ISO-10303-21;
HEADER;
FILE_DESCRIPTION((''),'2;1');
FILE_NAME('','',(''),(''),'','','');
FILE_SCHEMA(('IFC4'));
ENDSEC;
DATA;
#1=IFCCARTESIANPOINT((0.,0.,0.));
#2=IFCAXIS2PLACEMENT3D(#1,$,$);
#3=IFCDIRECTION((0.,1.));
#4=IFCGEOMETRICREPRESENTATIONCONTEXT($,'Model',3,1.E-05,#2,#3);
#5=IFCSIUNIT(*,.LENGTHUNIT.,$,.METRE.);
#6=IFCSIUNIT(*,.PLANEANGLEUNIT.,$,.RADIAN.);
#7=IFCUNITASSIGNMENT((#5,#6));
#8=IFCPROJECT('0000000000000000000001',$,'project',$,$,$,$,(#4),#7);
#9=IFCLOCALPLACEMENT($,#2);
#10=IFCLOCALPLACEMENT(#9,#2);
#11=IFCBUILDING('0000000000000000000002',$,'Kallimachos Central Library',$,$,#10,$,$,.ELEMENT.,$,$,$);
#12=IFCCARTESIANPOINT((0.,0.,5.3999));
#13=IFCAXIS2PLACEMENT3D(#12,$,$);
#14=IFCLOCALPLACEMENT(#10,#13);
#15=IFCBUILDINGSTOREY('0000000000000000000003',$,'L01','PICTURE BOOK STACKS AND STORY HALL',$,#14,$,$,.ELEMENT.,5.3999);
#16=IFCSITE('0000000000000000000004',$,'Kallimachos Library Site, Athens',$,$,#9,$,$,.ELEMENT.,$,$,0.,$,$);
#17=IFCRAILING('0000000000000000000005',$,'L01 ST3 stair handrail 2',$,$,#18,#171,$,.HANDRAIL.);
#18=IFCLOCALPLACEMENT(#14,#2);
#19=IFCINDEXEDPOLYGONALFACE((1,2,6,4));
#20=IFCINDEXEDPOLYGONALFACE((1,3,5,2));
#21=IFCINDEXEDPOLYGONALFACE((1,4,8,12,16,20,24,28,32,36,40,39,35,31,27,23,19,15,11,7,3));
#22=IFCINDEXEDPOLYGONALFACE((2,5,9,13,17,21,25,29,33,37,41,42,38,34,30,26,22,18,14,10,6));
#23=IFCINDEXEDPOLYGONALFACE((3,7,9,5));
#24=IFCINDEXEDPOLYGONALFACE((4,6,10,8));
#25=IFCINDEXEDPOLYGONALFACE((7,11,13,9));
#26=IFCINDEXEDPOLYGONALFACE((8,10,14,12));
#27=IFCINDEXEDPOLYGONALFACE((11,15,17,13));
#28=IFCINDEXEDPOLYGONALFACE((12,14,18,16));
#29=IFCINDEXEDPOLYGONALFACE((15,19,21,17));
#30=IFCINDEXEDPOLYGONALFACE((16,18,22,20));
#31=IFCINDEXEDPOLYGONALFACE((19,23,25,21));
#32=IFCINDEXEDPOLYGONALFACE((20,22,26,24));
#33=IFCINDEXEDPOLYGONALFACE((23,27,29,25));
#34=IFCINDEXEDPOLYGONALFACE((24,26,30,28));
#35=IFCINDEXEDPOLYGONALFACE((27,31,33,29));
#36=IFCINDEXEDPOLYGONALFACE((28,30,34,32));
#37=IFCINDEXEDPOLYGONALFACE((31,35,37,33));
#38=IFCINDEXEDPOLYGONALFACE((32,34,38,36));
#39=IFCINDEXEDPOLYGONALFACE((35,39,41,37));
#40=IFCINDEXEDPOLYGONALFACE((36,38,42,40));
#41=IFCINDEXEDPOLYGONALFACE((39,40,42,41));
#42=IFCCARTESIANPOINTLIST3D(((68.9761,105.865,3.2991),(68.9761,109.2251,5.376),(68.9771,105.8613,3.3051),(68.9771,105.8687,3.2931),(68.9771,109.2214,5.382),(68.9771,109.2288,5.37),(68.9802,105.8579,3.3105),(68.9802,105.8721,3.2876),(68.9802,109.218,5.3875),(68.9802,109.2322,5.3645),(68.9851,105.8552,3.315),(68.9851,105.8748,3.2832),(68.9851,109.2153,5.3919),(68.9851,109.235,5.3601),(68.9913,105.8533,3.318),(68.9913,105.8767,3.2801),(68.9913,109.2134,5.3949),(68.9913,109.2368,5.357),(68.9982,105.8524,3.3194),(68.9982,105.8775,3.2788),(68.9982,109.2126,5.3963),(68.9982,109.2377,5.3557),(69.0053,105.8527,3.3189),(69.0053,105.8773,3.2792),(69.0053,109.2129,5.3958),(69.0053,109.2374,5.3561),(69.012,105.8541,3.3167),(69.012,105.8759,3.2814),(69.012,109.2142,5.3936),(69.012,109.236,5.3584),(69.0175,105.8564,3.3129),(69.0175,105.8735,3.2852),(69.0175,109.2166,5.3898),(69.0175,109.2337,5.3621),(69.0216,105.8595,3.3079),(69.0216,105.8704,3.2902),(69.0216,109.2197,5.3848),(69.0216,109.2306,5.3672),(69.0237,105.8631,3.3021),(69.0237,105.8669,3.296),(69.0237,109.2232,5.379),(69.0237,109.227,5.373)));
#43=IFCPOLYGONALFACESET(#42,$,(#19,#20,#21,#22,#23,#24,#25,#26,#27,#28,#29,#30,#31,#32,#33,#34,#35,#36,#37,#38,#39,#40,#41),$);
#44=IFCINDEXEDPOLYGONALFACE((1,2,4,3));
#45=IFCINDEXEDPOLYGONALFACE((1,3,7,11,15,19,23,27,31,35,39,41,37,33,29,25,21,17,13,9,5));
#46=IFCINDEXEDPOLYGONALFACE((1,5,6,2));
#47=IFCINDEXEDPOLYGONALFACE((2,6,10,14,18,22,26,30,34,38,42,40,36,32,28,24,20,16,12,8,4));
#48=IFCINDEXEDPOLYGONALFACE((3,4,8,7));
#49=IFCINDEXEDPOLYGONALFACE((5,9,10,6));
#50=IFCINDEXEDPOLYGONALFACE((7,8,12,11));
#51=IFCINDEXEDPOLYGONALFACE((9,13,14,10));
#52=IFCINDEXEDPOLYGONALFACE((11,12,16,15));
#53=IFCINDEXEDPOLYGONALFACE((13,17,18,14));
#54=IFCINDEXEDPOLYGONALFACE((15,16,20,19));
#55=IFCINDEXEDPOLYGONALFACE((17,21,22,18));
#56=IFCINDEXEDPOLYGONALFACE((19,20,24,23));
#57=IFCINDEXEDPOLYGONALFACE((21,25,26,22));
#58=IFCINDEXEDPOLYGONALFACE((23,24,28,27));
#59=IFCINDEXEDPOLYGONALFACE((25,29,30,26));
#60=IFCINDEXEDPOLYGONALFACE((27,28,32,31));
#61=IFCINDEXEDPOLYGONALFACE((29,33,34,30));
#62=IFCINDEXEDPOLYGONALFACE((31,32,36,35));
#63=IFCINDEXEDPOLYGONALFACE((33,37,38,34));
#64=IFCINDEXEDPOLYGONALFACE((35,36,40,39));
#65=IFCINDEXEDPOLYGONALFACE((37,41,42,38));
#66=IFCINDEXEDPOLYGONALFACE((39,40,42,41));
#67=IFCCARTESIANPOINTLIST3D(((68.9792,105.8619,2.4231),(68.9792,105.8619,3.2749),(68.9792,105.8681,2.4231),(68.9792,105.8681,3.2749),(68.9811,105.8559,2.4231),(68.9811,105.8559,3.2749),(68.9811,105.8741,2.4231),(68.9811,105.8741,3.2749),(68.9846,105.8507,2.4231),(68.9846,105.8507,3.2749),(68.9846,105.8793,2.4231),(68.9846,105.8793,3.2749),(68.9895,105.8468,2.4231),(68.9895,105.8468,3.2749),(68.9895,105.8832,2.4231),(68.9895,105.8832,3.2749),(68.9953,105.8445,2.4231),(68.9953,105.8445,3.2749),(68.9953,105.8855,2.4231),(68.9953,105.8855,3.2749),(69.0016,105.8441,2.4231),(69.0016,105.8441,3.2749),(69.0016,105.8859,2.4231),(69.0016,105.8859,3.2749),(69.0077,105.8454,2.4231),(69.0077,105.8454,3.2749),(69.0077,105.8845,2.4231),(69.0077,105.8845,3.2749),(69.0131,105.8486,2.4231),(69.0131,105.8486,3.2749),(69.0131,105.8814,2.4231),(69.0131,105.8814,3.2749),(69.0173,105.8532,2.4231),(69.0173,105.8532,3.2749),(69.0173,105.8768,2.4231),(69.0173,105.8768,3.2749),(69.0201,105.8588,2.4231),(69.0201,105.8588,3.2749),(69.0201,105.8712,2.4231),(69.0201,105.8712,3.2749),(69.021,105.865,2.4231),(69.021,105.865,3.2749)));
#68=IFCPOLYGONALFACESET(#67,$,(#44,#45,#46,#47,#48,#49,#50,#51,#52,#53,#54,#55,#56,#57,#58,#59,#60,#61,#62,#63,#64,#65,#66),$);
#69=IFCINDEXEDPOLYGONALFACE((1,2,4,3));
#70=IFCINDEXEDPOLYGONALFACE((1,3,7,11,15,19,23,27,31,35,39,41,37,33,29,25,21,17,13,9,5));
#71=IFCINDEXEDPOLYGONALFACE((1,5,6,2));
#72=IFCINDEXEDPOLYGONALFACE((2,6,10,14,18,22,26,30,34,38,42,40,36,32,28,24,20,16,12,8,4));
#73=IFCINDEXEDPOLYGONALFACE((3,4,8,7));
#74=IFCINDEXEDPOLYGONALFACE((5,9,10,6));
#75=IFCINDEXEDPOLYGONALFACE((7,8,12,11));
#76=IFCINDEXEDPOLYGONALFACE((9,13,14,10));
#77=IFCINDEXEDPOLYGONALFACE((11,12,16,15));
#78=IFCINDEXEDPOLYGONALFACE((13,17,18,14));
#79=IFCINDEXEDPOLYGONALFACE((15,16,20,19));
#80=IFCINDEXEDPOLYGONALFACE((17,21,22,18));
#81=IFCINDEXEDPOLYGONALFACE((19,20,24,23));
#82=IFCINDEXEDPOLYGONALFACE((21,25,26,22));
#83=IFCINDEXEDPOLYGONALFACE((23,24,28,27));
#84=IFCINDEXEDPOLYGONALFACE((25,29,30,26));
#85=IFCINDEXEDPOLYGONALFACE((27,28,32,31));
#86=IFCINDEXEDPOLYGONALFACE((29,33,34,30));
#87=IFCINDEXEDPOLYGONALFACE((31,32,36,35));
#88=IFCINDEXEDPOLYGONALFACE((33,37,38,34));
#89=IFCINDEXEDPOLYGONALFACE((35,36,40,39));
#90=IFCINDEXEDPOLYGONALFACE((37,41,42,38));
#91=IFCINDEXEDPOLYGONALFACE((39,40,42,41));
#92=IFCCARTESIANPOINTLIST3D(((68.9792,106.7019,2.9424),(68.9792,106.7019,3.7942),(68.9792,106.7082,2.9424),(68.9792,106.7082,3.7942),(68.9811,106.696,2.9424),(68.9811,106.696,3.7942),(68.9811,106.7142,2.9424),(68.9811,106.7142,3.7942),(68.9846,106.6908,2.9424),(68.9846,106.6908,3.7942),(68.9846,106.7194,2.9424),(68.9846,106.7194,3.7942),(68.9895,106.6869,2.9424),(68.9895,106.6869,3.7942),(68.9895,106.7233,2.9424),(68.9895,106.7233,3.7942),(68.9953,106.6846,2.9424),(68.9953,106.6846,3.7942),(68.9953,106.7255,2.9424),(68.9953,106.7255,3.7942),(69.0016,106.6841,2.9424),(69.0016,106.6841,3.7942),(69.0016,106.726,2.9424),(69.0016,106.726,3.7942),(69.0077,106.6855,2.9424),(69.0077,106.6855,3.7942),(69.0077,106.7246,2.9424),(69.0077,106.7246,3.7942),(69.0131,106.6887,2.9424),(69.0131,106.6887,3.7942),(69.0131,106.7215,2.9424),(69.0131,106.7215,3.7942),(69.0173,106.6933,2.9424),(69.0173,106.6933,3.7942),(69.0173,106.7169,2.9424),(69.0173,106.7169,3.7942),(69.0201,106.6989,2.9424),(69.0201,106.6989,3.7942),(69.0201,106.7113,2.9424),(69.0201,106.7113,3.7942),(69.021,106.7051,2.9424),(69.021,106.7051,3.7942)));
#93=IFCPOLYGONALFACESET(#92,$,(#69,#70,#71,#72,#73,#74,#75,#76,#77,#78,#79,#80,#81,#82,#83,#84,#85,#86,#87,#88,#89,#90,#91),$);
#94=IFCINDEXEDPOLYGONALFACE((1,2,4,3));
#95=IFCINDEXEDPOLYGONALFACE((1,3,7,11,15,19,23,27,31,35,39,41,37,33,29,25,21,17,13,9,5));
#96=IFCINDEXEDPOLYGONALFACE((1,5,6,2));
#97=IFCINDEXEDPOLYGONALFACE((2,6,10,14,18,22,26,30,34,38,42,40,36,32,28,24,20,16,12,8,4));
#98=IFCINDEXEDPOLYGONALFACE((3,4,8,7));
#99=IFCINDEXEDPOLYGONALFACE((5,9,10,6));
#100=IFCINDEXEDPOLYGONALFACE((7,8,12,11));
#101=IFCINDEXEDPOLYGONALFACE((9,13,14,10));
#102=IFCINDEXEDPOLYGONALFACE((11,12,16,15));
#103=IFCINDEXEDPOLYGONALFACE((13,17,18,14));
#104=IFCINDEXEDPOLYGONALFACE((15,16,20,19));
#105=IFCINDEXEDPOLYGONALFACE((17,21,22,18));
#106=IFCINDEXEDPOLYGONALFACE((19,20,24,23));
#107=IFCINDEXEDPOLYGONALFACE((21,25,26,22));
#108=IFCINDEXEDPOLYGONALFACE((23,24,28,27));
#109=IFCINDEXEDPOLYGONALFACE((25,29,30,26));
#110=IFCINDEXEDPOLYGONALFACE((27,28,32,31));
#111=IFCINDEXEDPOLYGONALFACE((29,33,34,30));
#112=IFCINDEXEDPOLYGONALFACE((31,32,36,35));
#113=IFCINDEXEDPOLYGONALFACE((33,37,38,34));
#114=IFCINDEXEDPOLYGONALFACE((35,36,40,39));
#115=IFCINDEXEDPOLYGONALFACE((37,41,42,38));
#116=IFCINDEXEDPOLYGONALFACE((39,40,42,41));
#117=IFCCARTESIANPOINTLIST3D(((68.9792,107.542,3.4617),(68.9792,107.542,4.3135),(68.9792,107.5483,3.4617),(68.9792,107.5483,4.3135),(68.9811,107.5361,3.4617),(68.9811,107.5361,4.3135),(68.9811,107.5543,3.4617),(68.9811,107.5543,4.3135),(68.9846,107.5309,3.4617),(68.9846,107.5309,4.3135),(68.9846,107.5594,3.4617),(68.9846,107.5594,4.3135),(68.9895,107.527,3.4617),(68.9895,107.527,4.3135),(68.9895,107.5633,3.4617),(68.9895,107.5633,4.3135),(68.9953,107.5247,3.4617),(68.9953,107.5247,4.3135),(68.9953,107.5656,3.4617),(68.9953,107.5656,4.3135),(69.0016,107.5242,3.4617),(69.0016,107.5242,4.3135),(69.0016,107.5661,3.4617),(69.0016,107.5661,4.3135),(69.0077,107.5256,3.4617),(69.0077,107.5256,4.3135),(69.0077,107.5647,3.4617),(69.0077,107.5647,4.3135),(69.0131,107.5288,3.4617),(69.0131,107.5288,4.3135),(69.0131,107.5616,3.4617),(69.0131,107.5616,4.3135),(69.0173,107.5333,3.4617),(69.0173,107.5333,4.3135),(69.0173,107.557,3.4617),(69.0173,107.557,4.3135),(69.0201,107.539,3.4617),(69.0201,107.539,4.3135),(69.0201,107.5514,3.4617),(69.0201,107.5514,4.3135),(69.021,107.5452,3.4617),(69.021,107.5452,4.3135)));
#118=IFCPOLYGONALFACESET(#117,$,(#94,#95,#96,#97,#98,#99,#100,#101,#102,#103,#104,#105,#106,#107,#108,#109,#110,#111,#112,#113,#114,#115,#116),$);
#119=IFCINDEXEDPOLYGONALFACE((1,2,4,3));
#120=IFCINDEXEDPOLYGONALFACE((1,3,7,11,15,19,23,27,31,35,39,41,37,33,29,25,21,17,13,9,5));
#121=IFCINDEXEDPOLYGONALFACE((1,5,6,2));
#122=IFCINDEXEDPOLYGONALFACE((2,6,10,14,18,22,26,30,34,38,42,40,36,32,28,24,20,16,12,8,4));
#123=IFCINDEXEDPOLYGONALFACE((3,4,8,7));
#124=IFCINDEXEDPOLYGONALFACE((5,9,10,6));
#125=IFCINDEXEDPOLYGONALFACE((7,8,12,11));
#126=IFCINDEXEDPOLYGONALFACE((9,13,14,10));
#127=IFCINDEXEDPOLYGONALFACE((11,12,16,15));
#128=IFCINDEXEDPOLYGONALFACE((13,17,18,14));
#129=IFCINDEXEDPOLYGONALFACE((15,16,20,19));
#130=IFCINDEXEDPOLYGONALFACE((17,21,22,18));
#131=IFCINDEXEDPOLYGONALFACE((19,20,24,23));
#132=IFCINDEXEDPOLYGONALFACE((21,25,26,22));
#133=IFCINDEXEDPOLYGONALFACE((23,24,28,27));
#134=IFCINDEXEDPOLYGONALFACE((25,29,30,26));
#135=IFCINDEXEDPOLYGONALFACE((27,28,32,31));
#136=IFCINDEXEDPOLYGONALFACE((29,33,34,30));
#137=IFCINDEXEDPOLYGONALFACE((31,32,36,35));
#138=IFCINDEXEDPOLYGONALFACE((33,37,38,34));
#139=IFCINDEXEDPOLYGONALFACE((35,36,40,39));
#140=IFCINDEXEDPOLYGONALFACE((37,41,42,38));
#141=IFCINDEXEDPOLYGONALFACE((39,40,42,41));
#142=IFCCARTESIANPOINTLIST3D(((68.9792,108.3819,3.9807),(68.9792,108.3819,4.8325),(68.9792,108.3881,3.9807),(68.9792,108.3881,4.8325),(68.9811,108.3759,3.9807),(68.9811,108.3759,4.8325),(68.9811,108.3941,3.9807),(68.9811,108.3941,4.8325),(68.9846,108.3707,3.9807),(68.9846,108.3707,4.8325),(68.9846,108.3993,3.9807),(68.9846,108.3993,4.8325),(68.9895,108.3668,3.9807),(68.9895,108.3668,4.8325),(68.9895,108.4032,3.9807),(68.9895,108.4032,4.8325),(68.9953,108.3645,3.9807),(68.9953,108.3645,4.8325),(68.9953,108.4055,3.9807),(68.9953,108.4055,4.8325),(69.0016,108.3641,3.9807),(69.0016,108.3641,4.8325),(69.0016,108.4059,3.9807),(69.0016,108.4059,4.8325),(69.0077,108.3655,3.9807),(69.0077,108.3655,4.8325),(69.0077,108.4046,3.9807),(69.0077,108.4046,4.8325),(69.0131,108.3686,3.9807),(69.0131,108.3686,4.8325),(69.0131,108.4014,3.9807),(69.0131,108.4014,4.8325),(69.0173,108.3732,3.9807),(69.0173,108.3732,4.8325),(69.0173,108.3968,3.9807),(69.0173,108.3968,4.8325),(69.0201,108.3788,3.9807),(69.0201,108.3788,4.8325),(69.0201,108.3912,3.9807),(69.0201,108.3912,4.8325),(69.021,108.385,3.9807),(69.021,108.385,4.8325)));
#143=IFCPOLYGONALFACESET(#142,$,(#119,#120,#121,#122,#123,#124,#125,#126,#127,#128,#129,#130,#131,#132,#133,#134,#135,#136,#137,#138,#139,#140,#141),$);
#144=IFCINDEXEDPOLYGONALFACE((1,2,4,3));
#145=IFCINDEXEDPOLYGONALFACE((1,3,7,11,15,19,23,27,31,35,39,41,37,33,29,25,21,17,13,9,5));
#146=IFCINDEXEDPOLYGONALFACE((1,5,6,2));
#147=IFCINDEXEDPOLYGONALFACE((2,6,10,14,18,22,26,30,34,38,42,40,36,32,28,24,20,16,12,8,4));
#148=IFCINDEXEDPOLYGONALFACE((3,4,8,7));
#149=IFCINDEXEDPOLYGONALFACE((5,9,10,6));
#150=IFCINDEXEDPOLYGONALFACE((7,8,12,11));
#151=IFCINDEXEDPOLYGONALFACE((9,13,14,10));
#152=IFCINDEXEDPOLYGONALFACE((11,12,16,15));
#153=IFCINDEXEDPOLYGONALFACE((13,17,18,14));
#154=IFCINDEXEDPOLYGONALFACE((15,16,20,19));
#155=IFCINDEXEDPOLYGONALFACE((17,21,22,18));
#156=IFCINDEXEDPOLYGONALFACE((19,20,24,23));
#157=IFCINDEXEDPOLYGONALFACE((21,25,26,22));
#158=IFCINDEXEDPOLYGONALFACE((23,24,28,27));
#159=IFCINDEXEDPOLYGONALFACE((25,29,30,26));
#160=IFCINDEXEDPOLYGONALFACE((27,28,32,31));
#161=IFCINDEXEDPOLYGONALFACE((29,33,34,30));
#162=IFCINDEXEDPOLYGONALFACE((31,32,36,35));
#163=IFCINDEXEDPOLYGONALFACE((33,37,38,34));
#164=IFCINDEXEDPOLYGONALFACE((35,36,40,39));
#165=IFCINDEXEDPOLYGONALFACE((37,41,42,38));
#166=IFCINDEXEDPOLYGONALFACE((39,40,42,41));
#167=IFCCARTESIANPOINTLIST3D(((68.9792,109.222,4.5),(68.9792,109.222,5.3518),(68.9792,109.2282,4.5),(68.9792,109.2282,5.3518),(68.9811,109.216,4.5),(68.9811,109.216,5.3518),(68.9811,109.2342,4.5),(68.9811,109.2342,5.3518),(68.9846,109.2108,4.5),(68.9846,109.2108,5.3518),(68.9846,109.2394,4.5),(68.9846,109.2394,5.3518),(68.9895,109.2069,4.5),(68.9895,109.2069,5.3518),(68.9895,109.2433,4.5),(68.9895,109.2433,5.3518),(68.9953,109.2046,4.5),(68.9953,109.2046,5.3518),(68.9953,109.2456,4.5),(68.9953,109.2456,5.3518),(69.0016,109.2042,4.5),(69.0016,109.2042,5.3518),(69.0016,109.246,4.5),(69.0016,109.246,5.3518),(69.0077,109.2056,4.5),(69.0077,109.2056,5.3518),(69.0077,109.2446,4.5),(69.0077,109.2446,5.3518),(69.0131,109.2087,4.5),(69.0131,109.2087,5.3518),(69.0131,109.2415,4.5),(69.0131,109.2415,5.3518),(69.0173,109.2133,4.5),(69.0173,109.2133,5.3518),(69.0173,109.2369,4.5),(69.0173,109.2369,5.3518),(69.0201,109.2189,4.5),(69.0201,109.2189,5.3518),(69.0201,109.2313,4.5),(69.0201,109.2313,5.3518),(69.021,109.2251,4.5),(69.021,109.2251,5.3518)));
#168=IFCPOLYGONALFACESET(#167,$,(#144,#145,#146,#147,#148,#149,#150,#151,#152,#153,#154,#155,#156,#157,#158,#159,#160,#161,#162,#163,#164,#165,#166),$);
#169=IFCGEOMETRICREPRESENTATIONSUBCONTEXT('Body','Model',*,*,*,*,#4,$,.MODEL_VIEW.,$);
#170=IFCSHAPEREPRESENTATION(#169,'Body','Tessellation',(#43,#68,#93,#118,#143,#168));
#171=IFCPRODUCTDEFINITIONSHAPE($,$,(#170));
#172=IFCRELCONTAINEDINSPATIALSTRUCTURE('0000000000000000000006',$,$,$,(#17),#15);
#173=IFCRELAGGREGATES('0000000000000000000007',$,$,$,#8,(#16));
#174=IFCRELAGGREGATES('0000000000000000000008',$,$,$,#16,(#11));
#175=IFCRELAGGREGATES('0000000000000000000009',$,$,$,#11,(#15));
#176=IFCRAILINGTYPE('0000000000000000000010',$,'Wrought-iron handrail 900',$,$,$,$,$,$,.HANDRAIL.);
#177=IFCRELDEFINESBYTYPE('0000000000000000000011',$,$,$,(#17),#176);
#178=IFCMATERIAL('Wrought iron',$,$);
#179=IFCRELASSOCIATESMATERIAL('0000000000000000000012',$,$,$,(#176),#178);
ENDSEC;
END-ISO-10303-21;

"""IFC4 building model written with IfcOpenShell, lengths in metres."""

from ifc_helpers import new_model, si_unit, direction, frame, origin, origin_2d, place, context, subcontext, project, spatial, circle, extrude, material, type_object, element, save


model = new_model("IFC4")

# Units and contexts
model_context = context("Model", 3, precision=1e-05, world=origin(), true_north=direction((0.0, 1.0)))
body_context = subcontext(model_context, "Body", "Model", "MODEL_VIEW")
ifc_project = project(units=[si_unit("LENGTHUNIT", "METRE"), si_unit("PLANEANGLEUNIT", "RADIAN")], contexts=[model_context])

# Site, building, storey
site_placement = place(None, origin())
site = spatial("IfcSite", under=ifc_project, at=site_placement, Name="Kallimachos Library Site, Athens", CompositionType="ELEMENT", RefElevation=0.0)
building_placement = place(site_placement, origin())
building = spatial("IfcBuilding", under=site, at=building_placement, Name="Kallimachos Central Library", CompositionType="ELEMENT")
storey_placement = place(building_placement, frame((0.0, 0.0, 5.3999)))
storey = spatial("IfcBuildingStorey", under=building, at=storey_placement, Name="L01", Description="PICTURE BOOK STACKS AND STORY HALL", CompositionType="ELEMENT", Elevation=5.3999)

# Railing
ifc_material_1 = material(Name="Wrought iron")
railing_type_1 = type_object("IfcRailingType", Name="Wrought-iron handrail 900", PredefinedType="HANDRAIL", material=ifc_material_1)
railing_1_placement = place(storey_placement, frame((69.0, 105.865, 2.4231)))
element("IfcRailing", 1, at=railing_1_placement, inside=storey, type_object=railing_type_1, Name="L01 ST3 stair handrail 2", PredefinedType="HANDRAIL", context=body_context, shape_type="SweptSolid", body=[
    extrude(circle(Radius=0.0239, at=origin_2d()), frame((0.0, 0.0, 0.876), z_axis=(0.0, 0.850623, 0.525776), x_axis=(-1.0, 0.0, 0.0)), (0.0, 0.0, 1.0), 3.9502),
    extrude(circle(Radius=0.021, at=origin_2d()), origin(), (0.0, 0.0, 1.0), 0.8518),
    extrude(circle(Radius=0.021, at=origin_2d()), frame((0.0, 0.8401, 0.5193)), (0.0, 0.0, 1.0), 0.8518),
    extrude(circle(Radius=0.021, at=origin_2d()), frame((0.0, 1.6802, 1.0386)), (0.0, 0.0, 1.0), 0.8518),
    extrude(circle(Radius=0.021, at=origin_2d()), frame((0.0, 2.52, 1.5576)), (0.0, 0.0, 1.0), 0.8518),
    extrude(circle(Radius=0.021, at=origin_2d()), frame((0.0, 3.3601, 2.0769)), (0.0, 0.0, 1.0), 0.8518),
])

save(model, "model.ifc")
